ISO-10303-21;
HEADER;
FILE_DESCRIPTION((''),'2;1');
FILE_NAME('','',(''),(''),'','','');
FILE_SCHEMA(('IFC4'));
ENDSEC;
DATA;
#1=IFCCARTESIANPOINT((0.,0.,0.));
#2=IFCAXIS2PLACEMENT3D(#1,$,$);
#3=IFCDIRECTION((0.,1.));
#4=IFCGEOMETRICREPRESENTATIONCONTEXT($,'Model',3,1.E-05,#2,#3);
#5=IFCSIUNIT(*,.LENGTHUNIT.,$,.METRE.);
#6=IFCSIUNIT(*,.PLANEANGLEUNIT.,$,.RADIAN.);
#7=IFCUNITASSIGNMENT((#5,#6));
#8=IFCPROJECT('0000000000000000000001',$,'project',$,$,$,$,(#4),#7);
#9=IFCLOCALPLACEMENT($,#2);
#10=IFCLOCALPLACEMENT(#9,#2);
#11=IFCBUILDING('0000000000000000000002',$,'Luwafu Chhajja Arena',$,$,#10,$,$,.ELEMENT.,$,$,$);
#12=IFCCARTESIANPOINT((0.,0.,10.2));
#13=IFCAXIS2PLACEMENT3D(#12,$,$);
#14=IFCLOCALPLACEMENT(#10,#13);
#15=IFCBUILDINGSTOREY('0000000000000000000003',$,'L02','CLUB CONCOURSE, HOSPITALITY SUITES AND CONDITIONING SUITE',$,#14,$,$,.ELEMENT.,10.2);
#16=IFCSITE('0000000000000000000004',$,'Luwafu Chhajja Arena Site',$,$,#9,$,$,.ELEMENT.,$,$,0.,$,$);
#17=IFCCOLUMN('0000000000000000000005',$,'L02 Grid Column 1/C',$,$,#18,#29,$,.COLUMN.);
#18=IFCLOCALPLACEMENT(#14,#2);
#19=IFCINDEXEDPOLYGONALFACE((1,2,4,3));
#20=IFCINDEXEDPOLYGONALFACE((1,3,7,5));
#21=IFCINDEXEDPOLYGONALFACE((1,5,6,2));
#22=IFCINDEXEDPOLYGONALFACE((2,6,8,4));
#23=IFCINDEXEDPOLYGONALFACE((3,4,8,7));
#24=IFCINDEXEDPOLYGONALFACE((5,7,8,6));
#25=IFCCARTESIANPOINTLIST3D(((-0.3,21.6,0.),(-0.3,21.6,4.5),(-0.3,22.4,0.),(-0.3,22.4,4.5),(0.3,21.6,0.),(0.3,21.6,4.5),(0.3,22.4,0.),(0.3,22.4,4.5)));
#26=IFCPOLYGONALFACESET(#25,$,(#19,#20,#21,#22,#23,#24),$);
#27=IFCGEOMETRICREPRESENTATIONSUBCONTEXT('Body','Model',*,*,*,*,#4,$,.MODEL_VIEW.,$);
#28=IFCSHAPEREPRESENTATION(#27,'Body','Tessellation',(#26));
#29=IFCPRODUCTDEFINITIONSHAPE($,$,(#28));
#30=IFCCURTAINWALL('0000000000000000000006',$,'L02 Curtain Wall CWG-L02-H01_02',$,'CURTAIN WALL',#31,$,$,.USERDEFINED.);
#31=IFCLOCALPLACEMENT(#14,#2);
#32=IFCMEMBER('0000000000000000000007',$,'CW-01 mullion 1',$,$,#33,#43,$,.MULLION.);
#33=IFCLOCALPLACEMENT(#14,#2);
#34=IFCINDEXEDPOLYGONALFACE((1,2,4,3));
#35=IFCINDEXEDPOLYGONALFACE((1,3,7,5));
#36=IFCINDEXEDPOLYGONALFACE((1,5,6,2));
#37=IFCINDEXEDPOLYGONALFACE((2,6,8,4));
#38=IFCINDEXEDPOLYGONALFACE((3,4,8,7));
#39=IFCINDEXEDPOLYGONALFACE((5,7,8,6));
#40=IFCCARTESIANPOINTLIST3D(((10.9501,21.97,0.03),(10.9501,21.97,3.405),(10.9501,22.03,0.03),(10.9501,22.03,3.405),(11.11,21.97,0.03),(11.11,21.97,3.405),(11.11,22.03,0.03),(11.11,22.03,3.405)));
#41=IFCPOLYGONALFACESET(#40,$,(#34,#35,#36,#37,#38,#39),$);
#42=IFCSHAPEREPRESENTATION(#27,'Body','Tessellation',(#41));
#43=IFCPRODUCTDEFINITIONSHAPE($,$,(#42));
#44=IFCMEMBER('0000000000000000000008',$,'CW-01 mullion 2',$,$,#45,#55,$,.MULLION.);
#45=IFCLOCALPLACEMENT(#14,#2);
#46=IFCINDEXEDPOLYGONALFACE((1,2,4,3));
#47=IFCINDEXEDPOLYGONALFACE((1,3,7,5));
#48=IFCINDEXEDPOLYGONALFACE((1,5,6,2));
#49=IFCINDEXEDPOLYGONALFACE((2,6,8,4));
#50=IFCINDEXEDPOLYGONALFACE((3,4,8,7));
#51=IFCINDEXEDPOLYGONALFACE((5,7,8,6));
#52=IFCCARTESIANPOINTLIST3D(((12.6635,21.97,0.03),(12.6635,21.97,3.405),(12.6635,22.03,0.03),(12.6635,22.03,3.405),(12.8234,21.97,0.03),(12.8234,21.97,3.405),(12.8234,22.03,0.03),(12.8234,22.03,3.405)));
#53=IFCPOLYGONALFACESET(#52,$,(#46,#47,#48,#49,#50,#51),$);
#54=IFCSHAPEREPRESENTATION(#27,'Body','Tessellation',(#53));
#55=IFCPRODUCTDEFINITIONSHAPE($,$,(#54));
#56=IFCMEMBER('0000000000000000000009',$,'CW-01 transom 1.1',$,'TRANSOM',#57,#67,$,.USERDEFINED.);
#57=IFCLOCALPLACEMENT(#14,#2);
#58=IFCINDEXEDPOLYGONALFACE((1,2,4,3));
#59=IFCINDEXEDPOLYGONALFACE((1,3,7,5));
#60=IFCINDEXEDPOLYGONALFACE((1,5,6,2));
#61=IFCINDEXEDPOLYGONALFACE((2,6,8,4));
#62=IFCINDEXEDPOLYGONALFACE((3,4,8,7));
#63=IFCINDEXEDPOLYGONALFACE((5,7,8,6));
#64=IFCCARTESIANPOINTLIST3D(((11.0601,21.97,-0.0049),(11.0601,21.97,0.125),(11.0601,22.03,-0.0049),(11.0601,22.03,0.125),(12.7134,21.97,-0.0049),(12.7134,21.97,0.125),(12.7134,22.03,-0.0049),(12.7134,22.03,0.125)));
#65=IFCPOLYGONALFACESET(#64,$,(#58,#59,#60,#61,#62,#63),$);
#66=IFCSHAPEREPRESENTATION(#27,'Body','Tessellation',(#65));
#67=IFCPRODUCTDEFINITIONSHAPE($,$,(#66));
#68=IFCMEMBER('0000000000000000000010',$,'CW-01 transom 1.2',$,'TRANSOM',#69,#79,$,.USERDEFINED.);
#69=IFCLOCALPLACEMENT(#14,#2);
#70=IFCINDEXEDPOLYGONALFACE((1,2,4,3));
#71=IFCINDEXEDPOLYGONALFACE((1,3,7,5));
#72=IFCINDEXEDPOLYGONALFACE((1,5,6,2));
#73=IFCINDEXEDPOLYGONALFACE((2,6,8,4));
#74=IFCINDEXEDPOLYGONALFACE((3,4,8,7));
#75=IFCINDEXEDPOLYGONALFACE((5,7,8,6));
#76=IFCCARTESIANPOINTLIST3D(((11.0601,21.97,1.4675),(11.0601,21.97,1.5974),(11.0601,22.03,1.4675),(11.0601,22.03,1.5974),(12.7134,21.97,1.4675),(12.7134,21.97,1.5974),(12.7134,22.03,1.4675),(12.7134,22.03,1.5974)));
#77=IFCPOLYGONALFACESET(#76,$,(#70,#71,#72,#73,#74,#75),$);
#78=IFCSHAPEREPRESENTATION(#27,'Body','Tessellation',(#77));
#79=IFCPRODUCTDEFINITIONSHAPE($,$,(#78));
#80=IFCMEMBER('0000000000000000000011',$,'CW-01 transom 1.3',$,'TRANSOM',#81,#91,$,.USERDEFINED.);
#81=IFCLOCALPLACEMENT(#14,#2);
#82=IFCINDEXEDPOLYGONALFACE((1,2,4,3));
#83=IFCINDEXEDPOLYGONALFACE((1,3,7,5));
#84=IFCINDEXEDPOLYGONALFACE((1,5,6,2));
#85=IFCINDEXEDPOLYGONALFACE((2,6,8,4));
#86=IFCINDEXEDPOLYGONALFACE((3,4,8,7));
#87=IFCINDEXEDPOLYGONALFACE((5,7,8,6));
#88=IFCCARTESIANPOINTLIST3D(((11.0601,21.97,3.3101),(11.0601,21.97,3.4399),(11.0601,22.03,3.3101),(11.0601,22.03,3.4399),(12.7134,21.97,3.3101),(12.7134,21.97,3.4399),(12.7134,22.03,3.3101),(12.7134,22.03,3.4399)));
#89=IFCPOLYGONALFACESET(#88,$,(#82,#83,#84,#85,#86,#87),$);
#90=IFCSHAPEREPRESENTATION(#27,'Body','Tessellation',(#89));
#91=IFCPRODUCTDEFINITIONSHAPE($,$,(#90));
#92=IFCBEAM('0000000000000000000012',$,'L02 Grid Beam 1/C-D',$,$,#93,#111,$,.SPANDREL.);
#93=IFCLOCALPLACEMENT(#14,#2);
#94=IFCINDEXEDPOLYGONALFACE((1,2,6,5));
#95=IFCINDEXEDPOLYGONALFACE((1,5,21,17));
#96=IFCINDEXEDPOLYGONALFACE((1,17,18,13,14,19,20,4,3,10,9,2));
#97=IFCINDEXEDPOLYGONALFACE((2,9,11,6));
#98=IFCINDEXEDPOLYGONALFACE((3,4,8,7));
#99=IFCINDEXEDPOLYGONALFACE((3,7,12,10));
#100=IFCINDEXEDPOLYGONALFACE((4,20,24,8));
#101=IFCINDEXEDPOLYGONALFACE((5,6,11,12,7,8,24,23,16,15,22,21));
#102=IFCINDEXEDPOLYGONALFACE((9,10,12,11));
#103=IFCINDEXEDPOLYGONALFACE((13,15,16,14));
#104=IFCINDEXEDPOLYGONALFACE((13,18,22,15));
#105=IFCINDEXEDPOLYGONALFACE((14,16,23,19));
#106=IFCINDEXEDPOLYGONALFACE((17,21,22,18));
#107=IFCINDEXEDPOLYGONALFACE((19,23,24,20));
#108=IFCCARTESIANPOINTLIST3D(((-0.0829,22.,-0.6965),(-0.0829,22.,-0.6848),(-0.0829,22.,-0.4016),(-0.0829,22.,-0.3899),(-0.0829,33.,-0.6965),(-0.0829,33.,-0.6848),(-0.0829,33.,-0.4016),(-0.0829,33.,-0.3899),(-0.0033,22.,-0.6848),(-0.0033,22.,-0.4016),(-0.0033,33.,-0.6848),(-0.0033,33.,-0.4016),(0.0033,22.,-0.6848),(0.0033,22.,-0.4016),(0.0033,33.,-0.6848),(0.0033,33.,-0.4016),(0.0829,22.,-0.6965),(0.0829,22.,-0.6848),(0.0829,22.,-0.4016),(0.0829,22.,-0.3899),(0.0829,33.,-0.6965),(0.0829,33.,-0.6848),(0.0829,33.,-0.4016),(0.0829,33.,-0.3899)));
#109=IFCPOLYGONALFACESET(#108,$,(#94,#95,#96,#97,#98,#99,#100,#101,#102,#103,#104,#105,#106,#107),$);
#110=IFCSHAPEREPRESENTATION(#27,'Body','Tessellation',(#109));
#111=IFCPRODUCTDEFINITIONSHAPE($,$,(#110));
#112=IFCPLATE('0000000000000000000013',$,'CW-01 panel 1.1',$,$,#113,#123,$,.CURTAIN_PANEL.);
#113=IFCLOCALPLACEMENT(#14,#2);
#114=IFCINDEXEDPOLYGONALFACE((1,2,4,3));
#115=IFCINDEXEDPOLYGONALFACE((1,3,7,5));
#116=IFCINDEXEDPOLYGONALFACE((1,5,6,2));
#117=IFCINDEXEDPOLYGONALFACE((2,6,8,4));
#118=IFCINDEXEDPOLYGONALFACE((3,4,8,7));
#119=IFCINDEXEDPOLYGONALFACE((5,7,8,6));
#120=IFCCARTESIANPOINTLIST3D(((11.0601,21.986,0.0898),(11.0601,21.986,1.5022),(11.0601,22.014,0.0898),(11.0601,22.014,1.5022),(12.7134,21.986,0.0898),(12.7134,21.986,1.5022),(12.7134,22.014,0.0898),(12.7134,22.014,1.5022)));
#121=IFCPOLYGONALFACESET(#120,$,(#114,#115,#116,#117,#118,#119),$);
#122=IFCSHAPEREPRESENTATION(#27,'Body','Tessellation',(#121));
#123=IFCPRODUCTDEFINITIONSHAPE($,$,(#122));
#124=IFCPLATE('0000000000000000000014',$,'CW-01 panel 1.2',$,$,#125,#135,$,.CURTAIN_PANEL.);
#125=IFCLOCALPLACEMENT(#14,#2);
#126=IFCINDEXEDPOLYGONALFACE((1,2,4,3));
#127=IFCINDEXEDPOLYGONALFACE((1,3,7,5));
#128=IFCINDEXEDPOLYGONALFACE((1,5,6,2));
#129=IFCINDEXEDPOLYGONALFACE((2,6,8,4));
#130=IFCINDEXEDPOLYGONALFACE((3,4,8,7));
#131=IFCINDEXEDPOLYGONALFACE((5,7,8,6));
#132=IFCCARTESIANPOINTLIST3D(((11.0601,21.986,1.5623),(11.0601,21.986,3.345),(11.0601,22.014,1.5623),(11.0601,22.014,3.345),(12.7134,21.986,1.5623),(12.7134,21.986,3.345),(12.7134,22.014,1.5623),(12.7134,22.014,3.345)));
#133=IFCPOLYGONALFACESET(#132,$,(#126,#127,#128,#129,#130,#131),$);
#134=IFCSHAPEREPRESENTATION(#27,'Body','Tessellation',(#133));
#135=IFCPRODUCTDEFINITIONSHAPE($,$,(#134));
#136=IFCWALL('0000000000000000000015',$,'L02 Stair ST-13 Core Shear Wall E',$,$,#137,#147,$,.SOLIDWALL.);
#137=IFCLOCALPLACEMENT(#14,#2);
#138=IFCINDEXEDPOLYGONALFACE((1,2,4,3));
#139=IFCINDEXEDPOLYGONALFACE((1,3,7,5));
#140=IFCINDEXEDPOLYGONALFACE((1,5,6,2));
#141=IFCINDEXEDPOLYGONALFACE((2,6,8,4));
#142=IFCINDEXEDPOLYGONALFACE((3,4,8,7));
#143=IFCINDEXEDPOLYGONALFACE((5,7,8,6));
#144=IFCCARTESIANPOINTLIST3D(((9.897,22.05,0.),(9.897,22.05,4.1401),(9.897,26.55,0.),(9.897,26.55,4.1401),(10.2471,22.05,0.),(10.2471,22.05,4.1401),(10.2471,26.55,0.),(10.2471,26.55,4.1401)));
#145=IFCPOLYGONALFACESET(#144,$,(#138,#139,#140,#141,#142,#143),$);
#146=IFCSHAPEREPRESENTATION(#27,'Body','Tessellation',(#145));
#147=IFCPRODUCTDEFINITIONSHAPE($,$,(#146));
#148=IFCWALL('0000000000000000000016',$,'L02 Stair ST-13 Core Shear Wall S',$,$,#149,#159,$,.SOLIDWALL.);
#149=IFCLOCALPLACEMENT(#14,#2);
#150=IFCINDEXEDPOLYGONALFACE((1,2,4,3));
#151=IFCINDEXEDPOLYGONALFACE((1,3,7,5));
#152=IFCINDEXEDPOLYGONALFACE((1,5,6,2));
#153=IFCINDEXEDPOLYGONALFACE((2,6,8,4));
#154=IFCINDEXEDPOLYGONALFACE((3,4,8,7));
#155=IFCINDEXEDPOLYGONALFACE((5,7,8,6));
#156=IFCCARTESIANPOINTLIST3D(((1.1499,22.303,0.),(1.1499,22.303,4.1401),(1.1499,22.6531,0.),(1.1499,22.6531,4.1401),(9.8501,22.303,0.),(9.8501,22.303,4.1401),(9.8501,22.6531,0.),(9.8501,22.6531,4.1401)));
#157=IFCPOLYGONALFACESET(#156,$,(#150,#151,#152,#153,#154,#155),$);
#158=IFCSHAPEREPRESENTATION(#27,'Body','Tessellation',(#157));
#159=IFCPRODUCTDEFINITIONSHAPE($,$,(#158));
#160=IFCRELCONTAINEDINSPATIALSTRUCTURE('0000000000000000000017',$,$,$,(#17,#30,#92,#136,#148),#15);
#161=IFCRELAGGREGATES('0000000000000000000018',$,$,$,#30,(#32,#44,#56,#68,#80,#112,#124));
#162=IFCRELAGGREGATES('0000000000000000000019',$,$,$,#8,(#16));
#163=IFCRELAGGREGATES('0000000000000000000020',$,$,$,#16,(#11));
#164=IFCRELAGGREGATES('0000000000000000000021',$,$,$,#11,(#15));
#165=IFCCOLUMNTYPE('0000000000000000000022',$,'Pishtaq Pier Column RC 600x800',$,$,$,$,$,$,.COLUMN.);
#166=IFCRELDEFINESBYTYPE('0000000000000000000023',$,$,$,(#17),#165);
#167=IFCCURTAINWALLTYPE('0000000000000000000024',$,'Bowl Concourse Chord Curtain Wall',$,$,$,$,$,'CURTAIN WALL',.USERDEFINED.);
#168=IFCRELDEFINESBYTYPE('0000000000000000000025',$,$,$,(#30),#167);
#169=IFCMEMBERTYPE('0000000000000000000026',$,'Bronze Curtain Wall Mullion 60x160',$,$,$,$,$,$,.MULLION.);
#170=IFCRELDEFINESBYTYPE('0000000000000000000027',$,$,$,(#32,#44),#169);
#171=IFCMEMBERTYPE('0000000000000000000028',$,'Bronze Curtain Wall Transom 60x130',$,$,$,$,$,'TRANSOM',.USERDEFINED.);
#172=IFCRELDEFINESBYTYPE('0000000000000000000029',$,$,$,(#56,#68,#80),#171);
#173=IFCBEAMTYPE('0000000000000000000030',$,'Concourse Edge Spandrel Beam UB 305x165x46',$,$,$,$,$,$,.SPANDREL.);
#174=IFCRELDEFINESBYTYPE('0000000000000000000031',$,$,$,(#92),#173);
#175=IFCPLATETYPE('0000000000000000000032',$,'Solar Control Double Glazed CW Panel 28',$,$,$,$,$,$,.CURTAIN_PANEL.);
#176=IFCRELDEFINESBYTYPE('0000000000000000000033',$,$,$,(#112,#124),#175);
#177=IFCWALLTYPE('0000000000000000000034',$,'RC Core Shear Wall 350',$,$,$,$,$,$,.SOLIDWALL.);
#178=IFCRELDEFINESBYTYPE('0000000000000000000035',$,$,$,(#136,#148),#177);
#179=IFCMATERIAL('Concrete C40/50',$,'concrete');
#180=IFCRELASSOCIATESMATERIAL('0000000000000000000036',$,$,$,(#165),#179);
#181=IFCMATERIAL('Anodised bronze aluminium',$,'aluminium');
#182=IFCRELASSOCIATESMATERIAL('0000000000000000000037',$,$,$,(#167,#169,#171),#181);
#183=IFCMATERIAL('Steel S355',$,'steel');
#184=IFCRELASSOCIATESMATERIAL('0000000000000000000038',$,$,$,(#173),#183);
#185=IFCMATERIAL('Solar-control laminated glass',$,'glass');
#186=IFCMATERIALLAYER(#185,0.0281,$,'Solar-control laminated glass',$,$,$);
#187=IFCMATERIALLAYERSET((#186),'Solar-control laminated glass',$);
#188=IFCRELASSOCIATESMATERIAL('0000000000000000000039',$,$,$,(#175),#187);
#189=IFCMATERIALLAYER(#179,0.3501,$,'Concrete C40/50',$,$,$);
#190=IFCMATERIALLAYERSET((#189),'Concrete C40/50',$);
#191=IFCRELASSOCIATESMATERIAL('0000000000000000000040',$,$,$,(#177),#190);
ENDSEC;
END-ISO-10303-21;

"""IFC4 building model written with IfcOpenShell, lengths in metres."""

from ifc_helpers import new_model, si_unit, direction, frame, frame_2d, origin, origin_2d, place, context, subcontext, project, spatial, rectangle, i_section, extrude, material, layer, layer_set, material_profile, profile_set, type_object, element, aggregate, save


model = new_model("IFC4")

# Units and contexts
model_context = context("Model", 3, precision=1e-05, world=origin(), true_north=direction((0.0, 1.0)))
body_context = subcontext(model_context, "Body", "Model", "MODEL_VIEW")
ifc_project = project(units=[si_unit("LENGTHUNIT", "METRE"), si_unit("PLANEANGLEUNIT", "RADIAN")], contexts=[model_context])

# Site, building, storey
site_placement = place(None, origin())
site = spatial("IfcSite", under=ifc_project, at=site_placement, Name="Luwafu Chhajja Arena Site", CompositionType="ELEMENT", RefElevation=0.0)
building_placement = place(site_placement, origin())
building = spatial("IfcBuilding", under=site, at=building_placement, Name="Luwafu Chhajja Arena", CompositionType="ELEMENT")
storey_placement = place(building_placement, frame((0.0, 0.0, 10.2)))
storey = spatial("IfcBuildingStorey", under=building, at=storey_placement, Name="L02", Description="CLUB CONCOURSE, HOSPITALITY SUITES AND CONDITIONING SUITE", CompositionType="ELEMENT", Elevation=10.2)

# Column
ifc_material_1 = material(Name="Concrete C40/50", Category="concrete")
ifc_material_profile_1 = material_profile(ifc_material_1, rectangle(XDim=0.6001, YDim=0.8, at=origin_2d()), Name="RC 600x800")
ifc_profile_set_1 = profile_set([ifc_material_profile_1], Name="Concrete C40/50")
column_type = type_object("IfcColumnType", Name="Pishtaq Pier Column RC 600x800", PredefinedType="COLUMN", material=ifc_profile_set_1)
column_placement = place(storey_placement, frame((0.0, 22.0, 0.0), z_axis=(0.0, 0.0, 1.0), x_axis=(1.0, 0.0, 0.0)))
element("IfcColumn", 1, at=column_placement, inside=storey, type_object=column_type, Name="L02 Grid Column 1/C", PredefinedType="COLUMN", context=body_context, shape_type="SweptSolid", body=[
    extrude(rectangle(XDim=0.6001, YDim=0.8, at=origin_2d()), origin(), (0.0, 0.0, 1.0), 4.5),
])

# Curtain wall, members
ifc_material_2 = material(Name="Anodised bronze aluminium", Category="aluminium")
curtain_wall_type = type_object("IfcCurtainWallType", Name="Bowl Concourse Chord Curtain Wall", ElementType="CURTAIN WALL", PredefinedType="USERDEFINED", material=ifc_material_2)
curtain_wall_placement = place(storey_placement, origin())
curtain_wall = element("IfcCurtainWall", 2, at=curtain_wall_placement, inside=storey, type_object=curtain_wall_type, Name="L02 Curtain Wall CWG-L02-H01_02", ObjectType="CURTAIN WALL", PredefinedType="USERDEFINED")
ifc_material_profile_2 = material_profile(ifc_material_2, rectangle(XDim=0.0601, YDim=0.1599, at=origin_2d()), Name="CWM 60x160")
ifc_profile_set_2 = profile_set([ifc_material_profile_2], Name="Anodised bronze aluminium")
member_type_1 = type_object("IfcMemberType", Name="Bronze Curtain Wall Mullion 60x160", PredefinedType="MULLION", material=ifc_profile_set_2)
member_1_placement = place(storey_placement, frame((11.03, 22.0, 0.03), z_axis=(0.0, 0.0, 1.0), x_axis=(0.0, 1.0, 0.0)))
member_1 = element("IfcMember", 3, at=member_1_placement, type_object=member_type_1, Name="CW-01 mullion 1", PredefinedType="MULLION", context=body_context, shape_type="SweptSolid", body=[
    extrude(rectangle(XDim=0.0601, YDim=0.1599, at=origin_2d()), origin(), (0.0, 0.0, 1.0), 3.375),
])
member_2_placement = place(storey_placement, frame((12.7434, 22.0, 0.03), z_axis=(0.0, 0.0, 1.0), x_axis=(0.0, 1.0, 0.0)))
member_2 = element("IfcMember", 4, at=member_2_placement, type_object=member_type_1, Name="CW-01 mullion 2", PredefinedType="MULLION", context=body_context, shape_type="SweptSolid", body=[
    extrude(rectangle(XDim=0.0601, YDim=0.1599, at=origin_2d()), origin(), (0.0, 0.0, 1.0), 3.375),
])
ifc_material_profile_3 = material_profile(ifc_material_2, rectangle(XDim=0.0601, YDim=0.1299, at=origin_2d()), Name="CWT 60x130")
ifc_profile_set_3 = profile_set([ifc_material_profile_3], Name="Anodised bronze aluminium")
member_type_2 = type_object("IfcMemberType", Name="Bronze Curtain Wall Transom 60x130", ElementType="TRANSOM", PredefinedType="USERDEFINED", material=ifc_profile_set_3)
member_3_placement = place(storey_placement, frame((11.0601, 22.0, 0.0601), z_axis=(1.0, 0.0, 0.0), x_axis=(0.0, 1.0, 0.0)))
member_3 = element("IfcMember", 5, at=member_3_placement, type_object=member_type_2, Name="CW-01 transom 1.1", ObjectType="TRANSOM", PredefinedType="USERDEFINED", context=body_context, shape_type="SweptSolid", body=[
    extrude(rectangle(XDim=0.0601, YDim=0.1299, at=origin_2d()), origin(), (0.0, 0.0, 1.0), 1.6533),
])
member_4_placement = place(storey_placement, frame((11.0601, 22.0, 1.5325), z_axis=(1.0, 0.0, 0.0), x_axis=(0.0, 1.0, 0.0)))
member_4 = element("IfcMember", 6, at=member_4_placement, type_object=member_type_2, Name="CW-01 transom 1.2", ObjectType="TRANSOM", PredefinedType="USERDEFINED", context=body_context, shape_type="SweptSolid", body=[
    extrude(rectangle(XDim=0.0601, YDim=0.1299, at=origin_2d()), origin(), (0.0, 0.0, 1.0), 1.6533),
])
member_5_placement = place(storey_placement, frame((11.0601, 22.0, 3.375), z_axis=(1.0, 0.0, 0.0), x_axis=(0.0, 1.0, 0.0)))
member_5 = element("IfcMember", 7, at=member_5_placement, type_object=member_type_2, Name="CW-01 transom 1.3", ObjectType="TRANSOM", PredefinedType="USERDEFINED", context=body_context, shape_type="SweptSolid", body=[
    extrude(rectangle(XDim=0.0601, YDim=0.1299, at=origin_2d()), origin(), (0.0, 0.0, 1.0), 1.6533),
])

# Beam
ifc_material_3 = material(Name="Steel S355", Category="steel")
ifc_material_profile_4 = material_profile(ifc_material_3, i_section(OverallWidth=0.1658, OverallDepth=0.3066, WebThickness=0.0066, FlangeThickness=0.0117, at=origin_2d()), Name="UB 305x165x46")
ifc_profile_set_4 = profile_set([ifc_material_profile_4], Name="Steel S355")
beam_type = type_object("IfcBeamType", Name="Concourse Edge Spandrel Beam UB 305x165x46", PredefinedType="SPANDREL", material=ifc_profile_set_4)
beam_placement = place(storey_placement, frame((0.0, 22.0, -0.5432), z_axis=(0.0, 1.0, 0.0), x_axis=(-1.0, 0.0, 0.0)))
element("IfcBeam", 8, at=beam_placement, inside=storey, type_object=beam_type, Name="L02 Grid Beam 1/C-D", PredefinedType="SPANDREL", context=body_context, shape_type="SweptSolid", body=[
    extrude(i_section(OverallWidth=0.1658, OverallDepth=0.3066, WebThickness=0.0066, FlangeThickness=0.0117, at=origin_2d()), origin(), (0.0, 0.0, 1.0), 11.0),
])

# Plates
ifc_material_4 = material(Name="Solar-control laminated glass", Category="glass")
ifc_layer_1 = layer(ifc_material_4, 0.0281, Name="Solar-control laminated glass")
ifc_layer_set_1 = layer_set([ifc_layer_1], Name="Solar-control laminated glass")
plate_type = type_object("IfcPlateType", Name="Solar Control Double Glazed CW Panel 28", PredefinedType="CURTAIN_PANEL", material=ifc_layer_set_1)
plate_1_placement = place(storey_placement, frame((11.8867, 22.0, 0.0898), z_axis=(0.0, 0.0, 1.0), x_axis=(1.0, 0.0, 0.0)))
plate_1 = element("IfcPlate", 9, at=plate_1_placement, type_object=plate_type, Name="CW-01 panel 1.1", PredefinedType="CURTAIN_PANEL", context=body_context, shape_type="SweptSolid", body=[
    extrude(rectangle(XDim=1.6533, YDim=0.0281, at=origin_2d()), origin(), (0.0, 0.0, 1.0), 1.4124),
])
plate_2_placement = place(storey_placement, frame((11.8867, 22.0, 1.5623), z_axis=(0.0, 0.0, 1.0), x_axis=(1.0, 0.0, 0.0)))
plate_2 = element("IfcPlate", 10, at=plate_2_placement, type_object=plate_type, Name="CW-01 panel 1.2", PredefinedType="CURTAIN_PANEL", context=body_context, shape_type="SweptSolid", body=[
    extrude(rectangle(XDim=1.6533, YDim=0.0281, at=origin_2d()), origin(), (0.0, 0.0, 1.0), 1.7827),
])
aggregate(curtain_wall, [member_1, member_2, member_3, member_4, member_5, plate_1, plate_2])

# Walls
ifc_layer_2 = layer(ifc_material_1, 0.3501, Name="Concrete C40/50")
ifc_layer_set_2 = layer_set([ifc_layer_2], Name="Concrete C40/50")
wall_type_1 = type_object("IfcWallType", Name="RC Core Shear Wall 350", PredefinedType="SOLIDWALL", material=ifc_layer_set_2)
wall_1_placement = place(storey_placement, frame((10.072, 22.05, 0.0), z_axis=(0.0, 0.0, 1.0), x_axis=(0.0, 1.0, 0.0)))
element("IfcWall", 11, at=wall_1_placement, inside=storey, type_object=wall_type_1, Name="L02 Stair ST-13 Core Shear Wall E", PredefinedType="SOLIDWALL", context=body_context, shape_type="SweptSolid", body=[
    extrude(rectangle(XDim=4.5, YDim=0.3501, at=frame_2d((2.25, 0.0))), origin(), (0.0, 0.0, 1.0), 4.1401),
])
wall_2_placement = place(storey_placement, frame((1.1499, 22.478, 0.0), z_axis=(0.0, 0.0, 1.0), x_axis=(1.0, 0.0, 0.0)))
element("IfcWall", 12, at=wall_2_placement, inside=storey, type_object=wall_type_1, Name="L02 Stair ST-13 Core Shear Wall S", PredefinedType="SOLIDWALL", context=body_context, shape_type="SweptSolid", body=[
    extrude(rectangle(XDim=8.7002, YDim=0.3501, at=frame_2d((4.3501, 0.0))), origin(), (0.0, 0.0, 1.0), 4.1401),
])

save(model, "model.ifc")
